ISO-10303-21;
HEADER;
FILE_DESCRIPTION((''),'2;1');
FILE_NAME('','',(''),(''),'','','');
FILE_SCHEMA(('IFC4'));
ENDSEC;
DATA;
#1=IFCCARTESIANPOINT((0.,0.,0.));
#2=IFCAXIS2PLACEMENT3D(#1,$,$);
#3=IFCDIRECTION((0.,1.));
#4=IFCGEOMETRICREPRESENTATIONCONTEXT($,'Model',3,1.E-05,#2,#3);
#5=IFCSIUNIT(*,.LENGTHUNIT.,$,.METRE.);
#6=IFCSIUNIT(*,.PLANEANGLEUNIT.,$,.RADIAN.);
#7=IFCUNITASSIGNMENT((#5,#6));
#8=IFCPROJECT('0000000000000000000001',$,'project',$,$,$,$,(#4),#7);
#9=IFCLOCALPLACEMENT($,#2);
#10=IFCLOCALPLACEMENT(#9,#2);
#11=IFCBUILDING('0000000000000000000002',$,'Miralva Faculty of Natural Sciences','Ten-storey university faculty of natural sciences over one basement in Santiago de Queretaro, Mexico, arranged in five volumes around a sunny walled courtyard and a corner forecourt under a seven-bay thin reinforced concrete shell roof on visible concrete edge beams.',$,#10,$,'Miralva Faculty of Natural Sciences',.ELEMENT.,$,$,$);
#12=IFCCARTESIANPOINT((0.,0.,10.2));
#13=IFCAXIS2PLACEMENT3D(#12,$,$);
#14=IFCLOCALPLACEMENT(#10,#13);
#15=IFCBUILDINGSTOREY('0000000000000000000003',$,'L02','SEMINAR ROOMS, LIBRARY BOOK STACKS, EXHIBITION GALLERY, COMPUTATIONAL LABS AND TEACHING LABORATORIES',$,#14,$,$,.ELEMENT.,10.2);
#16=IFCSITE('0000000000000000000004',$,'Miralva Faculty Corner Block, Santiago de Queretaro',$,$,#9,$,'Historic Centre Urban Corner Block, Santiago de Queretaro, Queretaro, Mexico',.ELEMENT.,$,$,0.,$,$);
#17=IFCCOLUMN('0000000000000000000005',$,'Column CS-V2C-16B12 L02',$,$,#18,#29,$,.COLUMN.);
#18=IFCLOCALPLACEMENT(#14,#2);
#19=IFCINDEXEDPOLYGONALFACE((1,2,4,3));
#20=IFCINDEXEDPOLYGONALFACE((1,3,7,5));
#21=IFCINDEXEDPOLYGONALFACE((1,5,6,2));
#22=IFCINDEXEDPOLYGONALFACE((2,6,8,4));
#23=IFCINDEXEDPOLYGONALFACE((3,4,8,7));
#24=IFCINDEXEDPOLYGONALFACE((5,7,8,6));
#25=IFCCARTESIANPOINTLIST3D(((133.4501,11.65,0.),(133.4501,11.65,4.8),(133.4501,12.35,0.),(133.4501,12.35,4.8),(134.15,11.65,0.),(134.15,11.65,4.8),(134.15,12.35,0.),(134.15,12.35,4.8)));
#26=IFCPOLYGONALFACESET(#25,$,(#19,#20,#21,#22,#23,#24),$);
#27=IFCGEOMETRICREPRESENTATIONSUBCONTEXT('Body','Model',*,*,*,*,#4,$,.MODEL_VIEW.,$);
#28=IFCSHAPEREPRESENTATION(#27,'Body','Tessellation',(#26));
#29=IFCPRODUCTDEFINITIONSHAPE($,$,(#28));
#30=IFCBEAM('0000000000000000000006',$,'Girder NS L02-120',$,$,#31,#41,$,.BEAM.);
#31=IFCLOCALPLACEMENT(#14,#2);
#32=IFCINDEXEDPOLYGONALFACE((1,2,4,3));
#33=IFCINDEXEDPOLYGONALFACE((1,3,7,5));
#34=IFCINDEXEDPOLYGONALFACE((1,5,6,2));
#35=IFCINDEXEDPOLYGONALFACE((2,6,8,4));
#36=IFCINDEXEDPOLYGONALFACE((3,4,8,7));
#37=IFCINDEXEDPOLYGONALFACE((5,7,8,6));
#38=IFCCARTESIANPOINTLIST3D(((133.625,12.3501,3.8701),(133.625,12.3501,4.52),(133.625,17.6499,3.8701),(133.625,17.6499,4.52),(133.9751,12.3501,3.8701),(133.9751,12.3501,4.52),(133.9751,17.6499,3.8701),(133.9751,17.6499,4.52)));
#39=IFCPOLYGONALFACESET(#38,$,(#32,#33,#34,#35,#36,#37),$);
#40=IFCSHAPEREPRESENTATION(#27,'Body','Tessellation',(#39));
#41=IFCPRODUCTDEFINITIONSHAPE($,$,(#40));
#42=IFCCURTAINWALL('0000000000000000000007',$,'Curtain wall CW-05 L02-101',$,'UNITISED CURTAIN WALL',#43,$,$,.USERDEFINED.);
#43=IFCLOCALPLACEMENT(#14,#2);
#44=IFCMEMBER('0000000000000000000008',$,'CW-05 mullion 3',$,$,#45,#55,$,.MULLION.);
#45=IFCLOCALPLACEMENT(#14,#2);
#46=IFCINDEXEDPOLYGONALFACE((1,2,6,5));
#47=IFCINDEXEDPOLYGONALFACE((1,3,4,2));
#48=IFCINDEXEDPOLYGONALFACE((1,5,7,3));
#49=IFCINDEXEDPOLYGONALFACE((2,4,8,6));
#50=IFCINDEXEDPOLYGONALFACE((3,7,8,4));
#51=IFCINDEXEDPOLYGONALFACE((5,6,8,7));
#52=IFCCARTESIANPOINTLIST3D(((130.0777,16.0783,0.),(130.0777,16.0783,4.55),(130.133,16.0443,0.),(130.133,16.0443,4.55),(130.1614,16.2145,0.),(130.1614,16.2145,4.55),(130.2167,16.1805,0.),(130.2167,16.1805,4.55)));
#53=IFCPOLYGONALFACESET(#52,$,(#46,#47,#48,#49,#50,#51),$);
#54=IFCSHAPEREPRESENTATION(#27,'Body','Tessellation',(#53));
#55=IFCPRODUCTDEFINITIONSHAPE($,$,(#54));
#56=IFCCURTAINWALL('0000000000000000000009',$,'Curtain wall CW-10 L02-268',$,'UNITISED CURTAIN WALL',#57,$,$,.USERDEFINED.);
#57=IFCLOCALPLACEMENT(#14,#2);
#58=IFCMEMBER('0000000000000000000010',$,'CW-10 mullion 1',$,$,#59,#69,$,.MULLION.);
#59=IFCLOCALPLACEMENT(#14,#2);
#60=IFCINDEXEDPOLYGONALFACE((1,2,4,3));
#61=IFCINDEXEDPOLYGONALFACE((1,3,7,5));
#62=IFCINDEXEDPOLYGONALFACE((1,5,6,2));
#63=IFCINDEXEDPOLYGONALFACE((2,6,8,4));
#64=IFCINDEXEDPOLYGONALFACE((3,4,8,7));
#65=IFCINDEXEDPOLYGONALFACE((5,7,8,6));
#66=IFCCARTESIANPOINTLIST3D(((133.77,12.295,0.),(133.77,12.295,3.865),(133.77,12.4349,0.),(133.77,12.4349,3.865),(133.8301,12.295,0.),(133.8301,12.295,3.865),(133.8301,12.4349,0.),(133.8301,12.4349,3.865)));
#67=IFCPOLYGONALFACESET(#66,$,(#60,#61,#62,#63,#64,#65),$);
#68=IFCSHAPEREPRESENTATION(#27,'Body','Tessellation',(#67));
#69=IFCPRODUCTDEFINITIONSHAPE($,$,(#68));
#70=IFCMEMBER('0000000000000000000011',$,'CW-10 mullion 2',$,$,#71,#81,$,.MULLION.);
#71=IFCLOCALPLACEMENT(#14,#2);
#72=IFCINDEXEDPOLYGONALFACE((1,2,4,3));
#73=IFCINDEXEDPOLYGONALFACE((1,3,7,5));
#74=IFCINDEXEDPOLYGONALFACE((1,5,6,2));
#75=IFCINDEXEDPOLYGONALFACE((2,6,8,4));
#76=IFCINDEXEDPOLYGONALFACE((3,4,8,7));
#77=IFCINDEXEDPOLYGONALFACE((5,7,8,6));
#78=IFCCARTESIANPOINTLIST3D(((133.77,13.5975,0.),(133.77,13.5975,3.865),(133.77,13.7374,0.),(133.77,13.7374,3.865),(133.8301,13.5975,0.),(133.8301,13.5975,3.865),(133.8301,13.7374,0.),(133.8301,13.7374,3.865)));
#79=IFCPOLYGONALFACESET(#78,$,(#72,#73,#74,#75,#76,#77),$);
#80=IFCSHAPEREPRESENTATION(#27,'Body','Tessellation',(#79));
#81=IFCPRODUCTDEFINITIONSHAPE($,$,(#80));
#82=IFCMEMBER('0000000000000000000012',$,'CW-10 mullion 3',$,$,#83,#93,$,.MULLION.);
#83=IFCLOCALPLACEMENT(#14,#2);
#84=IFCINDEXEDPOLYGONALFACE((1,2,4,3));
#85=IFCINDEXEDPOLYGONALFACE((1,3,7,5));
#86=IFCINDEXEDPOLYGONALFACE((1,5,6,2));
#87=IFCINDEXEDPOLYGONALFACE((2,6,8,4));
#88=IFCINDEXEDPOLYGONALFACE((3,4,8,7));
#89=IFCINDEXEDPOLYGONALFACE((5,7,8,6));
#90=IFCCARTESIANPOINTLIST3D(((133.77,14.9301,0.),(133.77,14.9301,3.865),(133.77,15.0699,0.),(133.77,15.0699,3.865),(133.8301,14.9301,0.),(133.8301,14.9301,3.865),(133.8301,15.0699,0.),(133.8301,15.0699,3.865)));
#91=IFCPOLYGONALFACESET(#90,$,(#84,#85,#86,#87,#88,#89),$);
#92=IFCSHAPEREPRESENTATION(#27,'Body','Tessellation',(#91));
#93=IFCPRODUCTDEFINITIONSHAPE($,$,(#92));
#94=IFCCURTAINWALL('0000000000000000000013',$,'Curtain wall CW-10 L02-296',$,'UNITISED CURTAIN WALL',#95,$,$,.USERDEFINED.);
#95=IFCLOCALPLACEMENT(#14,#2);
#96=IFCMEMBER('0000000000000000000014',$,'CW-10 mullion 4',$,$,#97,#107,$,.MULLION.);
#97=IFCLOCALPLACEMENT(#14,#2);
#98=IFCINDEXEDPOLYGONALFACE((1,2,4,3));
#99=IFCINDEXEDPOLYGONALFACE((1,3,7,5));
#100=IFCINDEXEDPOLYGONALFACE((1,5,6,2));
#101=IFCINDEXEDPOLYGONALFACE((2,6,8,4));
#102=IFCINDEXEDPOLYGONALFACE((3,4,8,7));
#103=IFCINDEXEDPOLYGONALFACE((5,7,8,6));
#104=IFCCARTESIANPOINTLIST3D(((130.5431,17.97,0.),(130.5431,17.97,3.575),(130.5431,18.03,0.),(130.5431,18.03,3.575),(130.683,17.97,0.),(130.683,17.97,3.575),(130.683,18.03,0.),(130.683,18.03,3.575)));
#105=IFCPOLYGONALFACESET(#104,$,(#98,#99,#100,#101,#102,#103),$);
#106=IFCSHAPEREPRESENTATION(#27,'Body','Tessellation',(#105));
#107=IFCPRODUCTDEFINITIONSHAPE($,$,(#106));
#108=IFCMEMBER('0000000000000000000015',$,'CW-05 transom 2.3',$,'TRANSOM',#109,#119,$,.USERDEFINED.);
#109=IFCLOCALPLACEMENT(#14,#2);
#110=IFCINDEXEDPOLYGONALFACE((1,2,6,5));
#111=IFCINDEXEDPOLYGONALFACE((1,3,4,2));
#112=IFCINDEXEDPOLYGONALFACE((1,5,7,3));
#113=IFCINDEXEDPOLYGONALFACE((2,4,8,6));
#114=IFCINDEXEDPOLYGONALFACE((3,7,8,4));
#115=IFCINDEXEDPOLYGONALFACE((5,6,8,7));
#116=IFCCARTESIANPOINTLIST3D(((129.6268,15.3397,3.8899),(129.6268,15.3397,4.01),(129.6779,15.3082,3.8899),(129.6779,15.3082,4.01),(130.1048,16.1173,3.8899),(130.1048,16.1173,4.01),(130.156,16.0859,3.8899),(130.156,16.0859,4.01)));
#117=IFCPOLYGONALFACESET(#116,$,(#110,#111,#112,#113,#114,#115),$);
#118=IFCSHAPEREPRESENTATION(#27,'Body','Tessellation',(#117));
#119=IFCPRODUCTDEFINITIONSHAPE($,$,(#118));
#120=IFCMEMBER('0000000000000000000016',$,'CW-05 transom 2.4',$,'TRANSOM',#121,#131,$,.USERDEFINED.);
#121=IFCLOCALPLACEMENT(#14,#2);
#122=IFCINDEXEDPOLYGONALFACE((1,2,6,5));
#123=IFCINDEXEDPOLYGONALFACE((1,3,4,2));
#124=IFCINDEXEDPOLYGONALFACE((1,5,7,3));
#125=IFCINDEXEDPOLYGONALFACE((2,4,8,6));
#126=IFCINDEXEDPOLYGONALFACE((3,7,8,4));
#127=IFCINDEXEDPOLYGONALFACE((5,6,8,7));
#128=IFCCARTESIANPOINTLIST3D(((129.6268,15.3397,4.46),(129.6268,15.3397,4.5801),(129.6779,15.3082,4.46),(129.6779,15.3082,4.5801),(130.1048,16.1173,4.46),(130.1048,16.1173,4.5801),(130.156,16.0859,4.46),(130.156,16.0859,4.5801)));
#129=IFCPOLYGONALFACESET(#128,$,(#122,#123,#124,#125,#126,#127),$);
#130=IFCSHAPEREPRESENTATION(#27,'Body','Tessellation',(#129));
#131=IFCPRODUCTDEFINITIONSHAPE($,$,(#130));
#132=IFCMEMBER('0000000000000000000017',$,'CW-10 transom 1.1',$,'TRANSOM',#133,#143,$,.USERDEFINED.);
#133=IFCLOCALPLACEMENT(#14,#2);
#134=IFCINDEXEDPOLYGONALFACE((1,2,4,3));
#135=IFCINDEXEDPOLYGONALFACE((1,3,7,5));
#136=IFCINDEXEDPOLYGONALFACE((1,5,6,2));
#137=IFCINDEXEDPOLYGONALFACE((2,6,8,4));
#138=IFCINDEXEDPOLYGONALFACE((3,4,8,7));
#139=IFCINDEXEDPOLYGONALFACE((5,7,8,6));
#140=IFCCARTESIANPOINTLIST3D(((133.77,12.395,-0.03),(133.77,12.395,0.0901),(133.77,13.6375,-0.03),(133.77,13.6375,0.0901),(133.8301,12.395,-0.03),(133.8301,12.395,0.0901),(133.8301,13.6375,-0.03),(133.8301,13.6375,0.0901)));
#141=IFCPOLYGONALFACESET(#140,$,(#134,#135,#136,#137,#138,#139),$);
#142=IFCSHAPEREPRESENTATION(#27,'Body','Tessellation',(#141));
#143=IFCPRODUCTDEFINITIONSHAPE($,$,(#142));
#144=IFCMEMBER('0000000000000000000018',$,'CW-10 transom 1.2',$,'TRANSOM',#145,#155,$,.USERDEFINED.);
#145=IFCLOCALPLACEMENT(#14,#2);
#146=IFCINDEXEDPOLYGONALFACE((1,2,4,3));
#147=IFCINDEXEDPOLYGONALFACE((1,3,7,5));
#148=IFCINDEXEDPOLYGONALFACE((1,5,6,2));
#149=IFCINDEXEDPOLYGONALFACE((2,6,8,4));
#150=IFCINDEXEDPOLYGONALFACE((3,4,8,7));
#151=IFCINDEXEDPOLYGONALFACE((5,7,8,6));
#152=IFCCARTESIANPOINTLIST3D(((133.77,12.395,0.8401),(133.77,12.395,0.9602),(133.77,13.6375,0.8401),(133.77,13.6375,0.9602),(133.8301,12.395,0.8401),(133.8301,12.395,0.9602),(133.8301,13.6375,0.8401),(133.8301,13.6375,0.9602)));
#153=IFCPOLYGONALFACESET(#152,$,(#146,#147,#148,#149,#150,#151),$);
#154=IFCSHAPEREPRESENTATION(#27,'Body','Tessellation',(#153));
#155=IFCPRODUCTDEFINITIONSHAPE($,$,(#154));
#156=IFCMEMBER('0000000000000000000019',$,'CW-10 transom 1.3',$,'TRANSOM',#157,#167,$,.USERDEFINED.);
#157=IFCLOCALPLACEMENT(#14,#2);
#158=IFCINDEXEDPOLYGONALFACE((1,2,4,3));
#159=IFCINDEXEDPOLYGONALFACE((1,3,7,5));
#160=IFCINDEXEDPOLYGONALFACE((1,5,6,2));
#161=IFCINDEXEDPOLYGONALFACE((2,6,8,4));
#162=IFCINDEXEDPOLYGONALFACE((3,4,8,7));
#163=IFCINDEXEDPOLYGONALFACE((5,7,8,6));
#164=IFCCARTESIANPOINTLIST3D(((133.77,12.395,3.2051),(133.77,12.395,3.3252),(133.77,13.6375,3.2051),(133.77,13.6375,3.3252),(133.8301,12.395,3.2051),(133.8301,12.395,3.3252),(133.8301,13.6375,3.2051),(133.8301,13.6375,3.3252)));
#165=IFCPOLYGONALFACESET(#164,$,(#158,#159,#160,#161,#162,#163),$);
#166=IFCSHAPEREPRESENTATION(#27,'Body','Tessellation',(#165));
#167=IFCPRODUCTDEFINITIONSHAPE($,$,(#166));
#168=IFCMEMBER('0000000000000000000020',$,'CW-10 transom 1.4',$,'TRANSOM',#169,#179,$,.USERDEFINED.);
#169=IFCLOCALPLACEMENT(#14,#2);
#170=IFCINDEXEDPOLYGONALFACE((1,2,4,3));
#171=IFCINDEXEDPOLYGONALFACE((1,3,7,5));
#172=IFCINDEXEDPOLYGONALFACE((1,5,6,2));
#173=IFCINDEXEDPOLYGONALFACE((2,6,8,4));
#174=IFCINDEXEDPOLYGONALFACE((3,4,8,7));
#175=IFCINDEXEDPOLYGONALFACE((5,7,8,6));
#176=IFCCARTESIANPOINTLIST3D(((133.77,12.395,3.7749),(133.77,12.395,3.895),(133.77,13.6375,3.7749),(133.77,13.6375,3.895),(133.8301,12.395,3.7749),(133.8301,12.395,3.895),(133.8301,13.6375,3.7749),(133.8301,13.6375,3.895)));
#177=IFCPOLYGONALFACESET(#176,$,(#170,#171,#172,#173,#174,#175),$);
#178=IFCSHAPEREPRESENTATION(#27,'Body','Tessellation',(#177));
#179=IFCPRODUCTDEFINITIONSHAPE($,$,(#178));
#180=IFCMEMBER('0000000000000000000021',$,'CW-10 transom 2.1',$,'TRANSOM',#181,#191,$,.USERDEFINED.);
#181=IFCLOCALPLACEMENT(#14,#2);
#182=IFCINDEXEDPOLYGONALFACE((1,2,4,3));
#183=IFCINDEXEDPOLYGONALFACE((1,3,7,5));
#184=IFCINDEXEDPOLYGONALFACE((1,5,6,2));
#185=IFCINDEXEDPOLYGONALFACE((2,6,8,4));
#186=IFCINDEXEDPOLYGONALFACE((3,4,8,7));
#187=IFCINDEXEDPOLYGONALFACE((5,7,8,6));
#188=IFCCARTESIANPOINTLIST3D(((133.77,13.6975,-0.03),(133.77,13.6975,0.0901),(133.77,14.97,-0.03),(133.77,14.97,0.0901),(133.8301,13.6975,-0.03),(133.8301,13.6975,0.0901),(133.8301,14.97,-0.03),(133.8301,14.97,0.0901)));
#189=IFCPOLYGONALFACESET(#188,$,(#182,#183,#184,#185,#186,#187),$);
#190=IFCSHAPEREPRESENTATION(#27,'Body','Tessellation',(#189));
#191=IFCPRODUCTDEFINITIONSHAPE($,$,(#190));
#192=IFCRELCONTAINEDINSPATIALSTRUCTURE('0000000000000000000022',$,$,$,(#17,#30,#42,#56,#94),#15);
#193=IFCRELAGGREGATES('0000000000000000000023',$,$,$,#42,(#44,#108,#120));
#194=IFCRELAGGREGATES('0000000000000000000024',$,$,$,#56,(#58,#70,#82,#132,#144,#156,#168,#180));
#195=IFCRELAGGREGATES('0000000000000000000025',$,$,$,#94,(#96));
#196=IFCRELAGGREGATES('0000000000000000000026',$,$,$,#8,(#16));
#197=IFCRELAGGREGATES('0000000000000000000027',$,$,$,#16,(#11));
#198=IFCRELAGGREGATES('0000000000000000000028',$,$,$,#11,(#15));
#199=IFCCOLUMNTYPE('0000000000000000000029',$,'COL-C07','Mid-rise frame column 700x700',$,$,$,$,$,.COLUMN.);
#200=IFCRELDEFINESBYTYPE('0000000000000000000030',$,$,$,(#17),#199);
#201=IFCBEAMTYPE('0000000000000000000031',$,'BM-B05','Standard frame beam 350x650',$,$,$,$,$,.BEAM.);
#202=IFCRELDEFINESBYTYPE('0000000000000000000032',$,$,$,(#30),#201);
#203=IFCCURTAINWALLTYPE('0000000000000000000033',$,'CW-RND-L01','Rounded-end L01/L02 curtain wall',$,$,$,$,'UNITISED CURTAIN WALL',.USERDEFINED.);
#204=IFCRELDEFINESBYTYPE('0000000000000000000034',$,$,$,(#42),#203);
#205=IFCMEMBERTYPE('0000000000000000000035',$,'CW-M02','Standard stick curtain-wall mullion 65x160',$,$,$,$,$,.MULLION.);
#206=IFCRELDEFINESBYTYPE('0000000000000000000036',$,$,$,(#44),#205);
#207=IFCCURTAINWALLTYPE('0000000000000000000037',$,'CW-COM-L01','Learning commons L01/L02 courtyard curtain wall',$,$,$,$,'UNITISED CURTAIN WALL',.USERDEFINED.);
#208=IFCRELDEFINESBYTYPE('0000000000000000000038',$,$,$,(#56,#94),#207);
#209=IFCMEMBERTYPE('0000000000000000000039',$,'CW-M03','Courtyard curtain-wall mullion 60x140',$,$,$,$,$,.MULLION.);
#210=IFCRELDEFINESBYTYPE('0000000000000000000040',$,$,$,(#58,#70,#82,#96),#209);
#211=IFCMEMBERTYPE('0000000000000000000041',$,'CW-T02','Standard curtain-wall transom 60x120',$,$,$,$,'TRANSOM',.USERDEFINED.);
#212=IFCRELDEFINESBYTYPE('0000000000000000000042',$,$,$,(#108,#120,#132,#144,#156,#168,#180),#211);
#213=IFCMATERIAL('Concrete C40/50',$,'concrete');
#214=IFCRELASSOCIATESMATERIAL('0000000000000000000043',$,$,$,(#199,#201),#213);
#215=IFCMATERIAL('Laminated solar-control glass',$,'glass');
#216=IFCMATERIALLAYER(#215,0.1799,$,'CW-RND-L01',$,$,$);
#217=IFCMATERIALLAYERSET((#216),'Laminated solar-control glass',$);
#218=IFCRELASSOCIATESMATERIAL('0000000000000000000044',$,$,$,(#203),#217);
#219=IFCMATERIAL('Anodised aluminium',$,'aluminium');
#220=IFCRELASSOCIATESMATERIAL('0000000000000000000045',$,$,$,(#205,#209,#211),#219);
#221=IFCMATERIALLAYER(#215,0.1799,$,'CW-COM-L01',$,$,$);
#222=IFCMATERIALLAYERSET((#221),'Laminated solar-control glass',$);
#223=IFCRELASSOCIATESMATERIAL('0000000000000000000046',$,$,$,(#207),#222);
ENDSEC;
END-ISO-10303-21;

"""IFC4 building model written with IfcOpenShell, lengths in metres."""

from ifc_helpers import new_model, si_unit, direction, frame, origin, origin_2d, place, context, subcontext, project, spatial, rectangle, extrude, material, layer, layer_set, material_profile, profile_set, type_object, element, aggregate, save


model = new_model("IFC4")

# Units and contexts
model_context = context("Model", 3, precision=1e-05, world=origin(), true_north=direction((0.0, 1.0)))
body_context = subcontext(model_context, "Body", "Model", "MODEL_VIEW")
ifc_project = project(units=[si_unit("LENGTHUNIT", "METRE"), si_unit("PLANEANGLEUNIT", "RADIAN")], contexts=[model_context])

# Site, building, storey
site_placement = place(None, origin())
site = spatial("IfcSite", under=ifc_project, at=site_placement, Name="Miralva Faculty Corner Block, Santiago de Queretaro", LongName="Historic Centre Urban Corner Block, Santiago de Queretaro, Queretaro, Mexico", CompositionType="ELEMENT", RefElevation=0.0)
building_placement = place(site_placement, origin())
building = spatial("IfcBuilding", under=site, at=building_placement, Name="Miralva Faculty of Natural Sciences", Description="Ten-storey university faculty of natural sciences over one basement in Santiago de Queretaro, Mexico, arranged in five volumes around a sunny walled courtyard and a corner forecourt under a seven-bay thin reinforced concrete shell roof on visible concrete edge beams.", LongName="Miralva Faculty of Natural Sciences", CompositionType="ELEMENT")
storey_placement = place(building_placement, frame((0.0, 0.0, 10.2)))
storey = spatial("IfcBuildingStorey", under=building, at=storey_placement, Name="L02", Description="SEMINAR ROOMS, LIBRARY BOOK STACKS, EXHIBITION GALLERY, COMPUTATIONAL LABS AND TEACHING LABORATORIES", CompositionType="ELEMENT", Elevation=10.2)

# Column
ifc_material_1 = material(Name="Concrete C40/50", Category="concrete")
ifc_material_profile_1 = material_profile(ifc_material_1, rectangle(XDim=0.7, YDim=0.7, at=origin_2d()), Name="RC 700x700")
ifc_profile_set_1 = profile_set([ifc_material_profile_1], Name="Concrete C40/50")
column_type = type_object("IfcColumnType", Name="COL-C07", Description="Mid-rise frame column 700x700", PredefinedType="COLUMN", material=ifc_profile_set_1)
column_placement = place(storey_placement, frame((133.8, 12.0, 0.0), z_axis=(0.0, 0.0, 1.0), x_axis=(1.0, 0.0, 0.0)))
element("IfcColumn", 1, at=column_placement, inside=storey, type_object=column_type, Name="Column CS-V2C-16B12 L02", PredefinedType="COLUMN", context=body_context, shape_type="SweptSolid", body=[
    extrude(rectangle(XDim=0.7, YDim=0.7, at=origin_2d()), origin(), (0.0, 0.0, 1.0), 4.8),
])

# Beam
ifc_material_profile_2 = material_profile(ifc_material_1, rectangle(XDim=0.3501, YDim=0.6499, at=origin_2d()), Name="RC 350x650")
ifc_profile_set_2 = profile_set([ifc_material_profile_2], Name="Concrete C40/50")
beam_type = type_object("IfcBeamType", Name="BM-B05", Description="Standard frame beam 350x650", PredefinedType="BEAM", material=ifc_profile_set_2)
beam_placement = place(storey_placement, frame((133.8, 12.3501, 4.1951), z_axis=(0.0, 1.0, 0.0), x_axis=(-1.0, 0.0, 0.0)))
element("IfcBeam", 2, at=beam_placement, inside=storey, type_object=beam_type, Name="Girder NS L02-120", PredefinedType="BEAM", context=body_context, shape_type="SweptSolid", body=[
    extrude(rectangle(XDim=0.3501, YDim=0.6499, at=origin_2d()), origin(), (0.0, 0.0, 1.0), 5.2998),
])

# Curtain wall, member
ifc_material_2 = material(Name="Laminated solar-control glass", Category="glass")
ifc_layer_1 = layer(ifc_material_2, 0.1799, Name="CW-RND-L01")
ifc_layer_set_1 = layer_set([ifc_layer_1], Name="Laminated solar-control glass")
curtain_wall_type_1 = type_object("IfcCurtainWallType", Name="CW-RND-L01", Description="Rounded-end L01/L02 curtain wall", ElementType="UNITISED CURTAIN WALL", PredefinedType="USERDEFINED", material=ifc_layer_set_1)
curtain_wall_1_placement = place(storey_placement, origin())
curtain_wall_1 = element("IfcCurtainWall", 3, at=curtain_wall_1_placement, inside=storey, type_object=curtain_wall_type_1, Name="Curtain wall CW-05 L02-101", ObjectType="UNITISED CURTAIN WALL", PredefinedType="USERDEFINED")
ifc_material_3 = material(Name="Anodised aluminium", Category="aluminium")
ifc_material_profile_3 = material_profile(ifc_material_3, rectangle(XDim=0.0649, YDim=0.1599, at=origin_2d()), Name="MULLION 65x160")
ifc_profile_set_3 = profile_set([ifc_material_profile_3], Name="Anodised aluminium")
member_type_1 = type_object("IfcMemberType", Name="CW-M02", Description="Standard stick curtain-wall mullion 65x160", PredefinedType="MULLION", material=ifc_profile_set_3)
member_1_placement = place(storey_placement, frame((130.1472, 16.1294, 0.0), z_axis=(0.0, 0.0, 1.0), x_axis=(-0.851995, 0.523551, 0.0)))
member_1 = element("IfcMember", 4, at=member_1_placement, type_object=member_type_1, Name="CW-05 mullion 3", PredefinedType="MULLION", context=body_context, shape_type="SweptSolid", body=[
    extrude(rectangle(XDim=0.0649, YDim=0.1599, at=origin_2d()), origin(), (0.0, 0.0, 1.0), 4.55),
])

# Curtain wall, members
ifc_layer_2 = layer(ifc_material_2, 0.1799, Name="CW-COM-L01")
ifc_layer_set_2 = layer_set([ifc_layer_2], Name="Laminated solar-control glass")
curtain_wall_type_2 = type_object("IfcCurtainWallType", Name="CW-COM-L01", Description="Learning commons L01/L02 courtyard curtain wall", ElementType="UNITISED CURTAIN WALL", PredefinedType="USERDEFINED", material=ifc_layer_set_2)
curtain_wall_2_placement = place(storey_placement, origin())
curtain_wall_2 = element("IfcCurtainWall", 5, at=curtain_wall_2_placement, inside=storey, type_object=curtain_wall_type_2, Name="Curtain wall CW-10 L02-268", ObjectType="UNITISED CURTAIN WALL", PredefinedType="USERDEFINED")
ifc_material_profile_4 = material_profile(ifc_material_3, rectangle(XDim=0.0601, YDim=0.1399, at=origin_2d()), Name="MULLION 60x140")
ifc_profile_set_4 = profile_set([ifc_material_profile_4], Name="Anodised aluminium")
member_type_2 = type_object("IfcMemberType", Name="CW-M03", Description="Courtyard curtain-wall mullion 60x140", PredefinedType="MULLION", material=ifc_profile_set_4)
member_2_placement = place(storey_placement, frame((133.8, 12.365, 0.0), z_axis=(0.0, 0.0, 1.0), x_axis=(-1.0, 0.0, 0.0)))
member_2 = element("IfcMember", 6, at=member_2_placement, type_object=member_type_2, Name="CW-10 mullion 1", PredefinedType="MULLION", context=body_context, shape_type="SweptSolid", body=[
    extrude(rectangle(XDim=0.0601, YDim=0.1399, at=origin_2d()), origin(), (0.0, 0.0, 1.0), 3.865),
])
member_3_placement = place(storey_placement, frame((133.8, 13.6675, 0.0), z_axis=(0.0, 0.0, 1.0), x_axis=(-1.0, 0.0, 0.0)))
member_3 = element("IfcMember", 7, at=member_3_placement, type_object=member_type_2, Name="CW-10 mullion 2", PredefinedType="MULLION", context=body_context, shape_type="SweptSolid", body=[
    extrude(rectangle(XDim=0.0601, YDim=0.1399, at=origin_2d()), origin(), (0.0, 0.0, 1.0), 3.865),
])
member_4_placement = place(storey_placement, frame((133.8, 15.0, 0.0), z_axis=(0.0, 0.0, 1.0), x_axis=(-1.0, 0.0, 0.0)))
member_4 = element("IfcMember", 8, at=member_4_placement, type_object=member_type_2, Name="CW-10 mullion 3", PredefinedType="MULLION", context=body_context, shape_type="SweptSolid", body=[
    extrude(rectangle(XDim=0.0601, YDim=0.1399, at=origin_2d()), origin(), (0.0, 0.0, 1.0), 3.865),
])

# Curtain wall, member
curtain_wall_3_placement = place(storey_placement, origin())
curtain_wall_3 = element("IfcCurtainWall", 9, at=curtain_wall_3_placement, inside=storey, type_object=curtain_wall_type_2, Name="Curtain wall CW-10 L02-296", ObjectType="UNITISED CURTAIN WALL", PredefinedType="USERDEFINED")
member_5_placement = place(storey_placement, frame((130.613, 18.0, 0.0), z_axis=(0.0, 0.0, 1.0), x_axis=(0.0, 1.0, 0.0)))
member_5 = element("IfcMember", 10, at=member_5_placement, type_object=member_type_2, Name="CW-10 mullion 4", PredefinedType="MULLION", context=body_context, shape_type="SweptSolid", body=[
    extrude(rectangle(XDim=0.0601, YDim=0.1399, at=origin_2d()), origin(), (0.0, 0.0, 1.0), 3.575),
])

# Members
ifc_material_profile_5 = material_profile(ifc_material_3, rectangle(XDim=0.0601, YDim=0.1201, at=origin_2d()), Name="TRANSOM 60x120")
ifc_profile_set_5 = profile_set([ifc_material_profile_5], Name="Anodised aluminium")
member_type_3 = type_object("IfcMemberType", Name="CW-T02", Description="Standard curtain-wall transom 60x120", ElementType="TRANSOM", PredefinedType="USERDEFINED", material=ifc_profile_set_5)
member_6_placement = place(storey_placement, frame((129.6523, 15.324, 3.95), z_axis=(0.523709, 0.851897, 0.0), x_axis=(-0.851897, 0.523709, 0.0)))
member_6 = element("IfcMember", 11, at=member_6_placement, type_object=member_type_3, Name="CW-05 transom 2.3", ObjectType="TRANSOM", PredefinedType="USERDEFINED", context=body_context, shape_type="SweptSolid", body=[
    extrude(rectangle(XDim=0.0601, YDim=0.1201, at=origin_2d()), origin(), (0.0, 0.0, 1.0), 0.9128),
])
member_7_placement = place(storey_placement, frame((129.6523, 15.324, 4.52), z_axis=(0.523709, 0.851897, 0.0), x_axis=(-0.851897, 0.523709, 0.0)))
member_7 = element("IfcMember", 12, at=member_7_placement, type_object=member_type_3, Name="CW-05 transom 2.4", ObjectType="TRANSOM", PredefinedType="USERDEFINED", context=body_context, shape_type="SweptSolid", body=[
    extrude(rectangle(XDim=0.0601, YDim=0.1201, at=origin_2d()), origin(), (0.0, 0.0, 1.0), 0.9128),
])
member_8_placement = place(storey_placement, frame((133.8, 12.395, 0.03), z_axis=(0.0, 1.0, 0.0), x_axis=(-1.0, 0.0, 0.0)))
member_8 = element("IfcMember", 13, at=member_8_placement, type_object=member_type_3, Name="CW-10 transom 1.1", ObjectType="TRANSOM", PredefinedType="USERDEFINED", context=body_context, shape_type="SweptSolid", body=[
    extrude(rectangle(XDim=0.0601, YDim=0.1201, at=origin_2d()), origin(), (0.0, 0.0, 1.0), 1.2424),
])
member_9_placement = place(storey_placement, frame((133.8, 12.395, 0.9001), z_axis=(0.0, 1.0, 0.0), x_axis=(-1.0, 0.0, 0.0)))
member_9 = element("IfcMember", 14, at=member_9_placement, type_object=member_type_3, Name="CW-10 transom 1.2", ObjectType="TRANSOM", PredefinedType="USERDEFINED", context=body_context, shape_type="SweptSolid", body=[
    extrude(rectangle(XDim=0.0601, YDim=0.1201, at=origin_2d()), origin(), (0.0, 0.0, 1.0), 1.2424),
])
member_10_placement = place(storey_placement, frame((133.8, 12.395, 3.2651), z_axis=(0.0, 1.0, 0.0), x_axis=(-1.0, 0.0, 0.0)))
member_10 = element("IfcMember", 15, at=member_10_placement, type_object=member_type_3, Name="CW-10 transom 1.3", ObjectType="TRANSOM", PredefinedType="USERDEFINED", context=body_context, shape_type="SweptSolid", body=[
    extrude(rectangle(XDim=0.0601, YDim=0.1201, at=origin_2d()), origin(), (0.0, 0.0, 1.0), 1.2424),
])
member_11_placement = place(storey_placement, frame((133.8, 12.395, 3.835), z_axis=(0.0, 1.0, 0.0), x_axis=(-1.0, 0.0, 0.0)))
member_11 = element("IfcMember", 16, at=member_11_placement, type_object=member_type_3, Name="CW-10 transom 1.4", ObjectType="TRANSOM", PredefinedType="USERDEFINED", context=body_context, shape_type="SweptSolid", body=[
    extrude(rectangle(XDim=0.0601, YDim=0.1201, at=origin_2d()), origin(), (0.0, 0.0, 1.0), 1.2424),
])
member_12_placement = place(storey_placement, frame((133.8, 13.6975, 0.03), z_axis=(0.0, 1.0, 0.0), x_axis=(-1.0, 0.0, 0.0)))
member_12 = element("IfcMember", 17, at=member_12_placement, type_object=member_type_3, Name="CW-10 transom 2.1", ObjectType="TRANSOM", PredefinedType="USERDEFINED", context=body_context, shape_type="SweptSolid", body=[
    extrude(rectangle(XDim=0.0601, YDim=0.1201, at=origin_2d()), origin(), (0.0, 0.0, 1.0), 1.2725),
])

aggregate(curtain_wall_1, [member_1, member_6, member_7])
aggregate(curtain_wall_2, [member_2, member_3, member_4, member_8, member_9, member_10, member_11, member_12])
aggregate(curtain_wall_3, [member_5])

save(model, "model.ifc")
